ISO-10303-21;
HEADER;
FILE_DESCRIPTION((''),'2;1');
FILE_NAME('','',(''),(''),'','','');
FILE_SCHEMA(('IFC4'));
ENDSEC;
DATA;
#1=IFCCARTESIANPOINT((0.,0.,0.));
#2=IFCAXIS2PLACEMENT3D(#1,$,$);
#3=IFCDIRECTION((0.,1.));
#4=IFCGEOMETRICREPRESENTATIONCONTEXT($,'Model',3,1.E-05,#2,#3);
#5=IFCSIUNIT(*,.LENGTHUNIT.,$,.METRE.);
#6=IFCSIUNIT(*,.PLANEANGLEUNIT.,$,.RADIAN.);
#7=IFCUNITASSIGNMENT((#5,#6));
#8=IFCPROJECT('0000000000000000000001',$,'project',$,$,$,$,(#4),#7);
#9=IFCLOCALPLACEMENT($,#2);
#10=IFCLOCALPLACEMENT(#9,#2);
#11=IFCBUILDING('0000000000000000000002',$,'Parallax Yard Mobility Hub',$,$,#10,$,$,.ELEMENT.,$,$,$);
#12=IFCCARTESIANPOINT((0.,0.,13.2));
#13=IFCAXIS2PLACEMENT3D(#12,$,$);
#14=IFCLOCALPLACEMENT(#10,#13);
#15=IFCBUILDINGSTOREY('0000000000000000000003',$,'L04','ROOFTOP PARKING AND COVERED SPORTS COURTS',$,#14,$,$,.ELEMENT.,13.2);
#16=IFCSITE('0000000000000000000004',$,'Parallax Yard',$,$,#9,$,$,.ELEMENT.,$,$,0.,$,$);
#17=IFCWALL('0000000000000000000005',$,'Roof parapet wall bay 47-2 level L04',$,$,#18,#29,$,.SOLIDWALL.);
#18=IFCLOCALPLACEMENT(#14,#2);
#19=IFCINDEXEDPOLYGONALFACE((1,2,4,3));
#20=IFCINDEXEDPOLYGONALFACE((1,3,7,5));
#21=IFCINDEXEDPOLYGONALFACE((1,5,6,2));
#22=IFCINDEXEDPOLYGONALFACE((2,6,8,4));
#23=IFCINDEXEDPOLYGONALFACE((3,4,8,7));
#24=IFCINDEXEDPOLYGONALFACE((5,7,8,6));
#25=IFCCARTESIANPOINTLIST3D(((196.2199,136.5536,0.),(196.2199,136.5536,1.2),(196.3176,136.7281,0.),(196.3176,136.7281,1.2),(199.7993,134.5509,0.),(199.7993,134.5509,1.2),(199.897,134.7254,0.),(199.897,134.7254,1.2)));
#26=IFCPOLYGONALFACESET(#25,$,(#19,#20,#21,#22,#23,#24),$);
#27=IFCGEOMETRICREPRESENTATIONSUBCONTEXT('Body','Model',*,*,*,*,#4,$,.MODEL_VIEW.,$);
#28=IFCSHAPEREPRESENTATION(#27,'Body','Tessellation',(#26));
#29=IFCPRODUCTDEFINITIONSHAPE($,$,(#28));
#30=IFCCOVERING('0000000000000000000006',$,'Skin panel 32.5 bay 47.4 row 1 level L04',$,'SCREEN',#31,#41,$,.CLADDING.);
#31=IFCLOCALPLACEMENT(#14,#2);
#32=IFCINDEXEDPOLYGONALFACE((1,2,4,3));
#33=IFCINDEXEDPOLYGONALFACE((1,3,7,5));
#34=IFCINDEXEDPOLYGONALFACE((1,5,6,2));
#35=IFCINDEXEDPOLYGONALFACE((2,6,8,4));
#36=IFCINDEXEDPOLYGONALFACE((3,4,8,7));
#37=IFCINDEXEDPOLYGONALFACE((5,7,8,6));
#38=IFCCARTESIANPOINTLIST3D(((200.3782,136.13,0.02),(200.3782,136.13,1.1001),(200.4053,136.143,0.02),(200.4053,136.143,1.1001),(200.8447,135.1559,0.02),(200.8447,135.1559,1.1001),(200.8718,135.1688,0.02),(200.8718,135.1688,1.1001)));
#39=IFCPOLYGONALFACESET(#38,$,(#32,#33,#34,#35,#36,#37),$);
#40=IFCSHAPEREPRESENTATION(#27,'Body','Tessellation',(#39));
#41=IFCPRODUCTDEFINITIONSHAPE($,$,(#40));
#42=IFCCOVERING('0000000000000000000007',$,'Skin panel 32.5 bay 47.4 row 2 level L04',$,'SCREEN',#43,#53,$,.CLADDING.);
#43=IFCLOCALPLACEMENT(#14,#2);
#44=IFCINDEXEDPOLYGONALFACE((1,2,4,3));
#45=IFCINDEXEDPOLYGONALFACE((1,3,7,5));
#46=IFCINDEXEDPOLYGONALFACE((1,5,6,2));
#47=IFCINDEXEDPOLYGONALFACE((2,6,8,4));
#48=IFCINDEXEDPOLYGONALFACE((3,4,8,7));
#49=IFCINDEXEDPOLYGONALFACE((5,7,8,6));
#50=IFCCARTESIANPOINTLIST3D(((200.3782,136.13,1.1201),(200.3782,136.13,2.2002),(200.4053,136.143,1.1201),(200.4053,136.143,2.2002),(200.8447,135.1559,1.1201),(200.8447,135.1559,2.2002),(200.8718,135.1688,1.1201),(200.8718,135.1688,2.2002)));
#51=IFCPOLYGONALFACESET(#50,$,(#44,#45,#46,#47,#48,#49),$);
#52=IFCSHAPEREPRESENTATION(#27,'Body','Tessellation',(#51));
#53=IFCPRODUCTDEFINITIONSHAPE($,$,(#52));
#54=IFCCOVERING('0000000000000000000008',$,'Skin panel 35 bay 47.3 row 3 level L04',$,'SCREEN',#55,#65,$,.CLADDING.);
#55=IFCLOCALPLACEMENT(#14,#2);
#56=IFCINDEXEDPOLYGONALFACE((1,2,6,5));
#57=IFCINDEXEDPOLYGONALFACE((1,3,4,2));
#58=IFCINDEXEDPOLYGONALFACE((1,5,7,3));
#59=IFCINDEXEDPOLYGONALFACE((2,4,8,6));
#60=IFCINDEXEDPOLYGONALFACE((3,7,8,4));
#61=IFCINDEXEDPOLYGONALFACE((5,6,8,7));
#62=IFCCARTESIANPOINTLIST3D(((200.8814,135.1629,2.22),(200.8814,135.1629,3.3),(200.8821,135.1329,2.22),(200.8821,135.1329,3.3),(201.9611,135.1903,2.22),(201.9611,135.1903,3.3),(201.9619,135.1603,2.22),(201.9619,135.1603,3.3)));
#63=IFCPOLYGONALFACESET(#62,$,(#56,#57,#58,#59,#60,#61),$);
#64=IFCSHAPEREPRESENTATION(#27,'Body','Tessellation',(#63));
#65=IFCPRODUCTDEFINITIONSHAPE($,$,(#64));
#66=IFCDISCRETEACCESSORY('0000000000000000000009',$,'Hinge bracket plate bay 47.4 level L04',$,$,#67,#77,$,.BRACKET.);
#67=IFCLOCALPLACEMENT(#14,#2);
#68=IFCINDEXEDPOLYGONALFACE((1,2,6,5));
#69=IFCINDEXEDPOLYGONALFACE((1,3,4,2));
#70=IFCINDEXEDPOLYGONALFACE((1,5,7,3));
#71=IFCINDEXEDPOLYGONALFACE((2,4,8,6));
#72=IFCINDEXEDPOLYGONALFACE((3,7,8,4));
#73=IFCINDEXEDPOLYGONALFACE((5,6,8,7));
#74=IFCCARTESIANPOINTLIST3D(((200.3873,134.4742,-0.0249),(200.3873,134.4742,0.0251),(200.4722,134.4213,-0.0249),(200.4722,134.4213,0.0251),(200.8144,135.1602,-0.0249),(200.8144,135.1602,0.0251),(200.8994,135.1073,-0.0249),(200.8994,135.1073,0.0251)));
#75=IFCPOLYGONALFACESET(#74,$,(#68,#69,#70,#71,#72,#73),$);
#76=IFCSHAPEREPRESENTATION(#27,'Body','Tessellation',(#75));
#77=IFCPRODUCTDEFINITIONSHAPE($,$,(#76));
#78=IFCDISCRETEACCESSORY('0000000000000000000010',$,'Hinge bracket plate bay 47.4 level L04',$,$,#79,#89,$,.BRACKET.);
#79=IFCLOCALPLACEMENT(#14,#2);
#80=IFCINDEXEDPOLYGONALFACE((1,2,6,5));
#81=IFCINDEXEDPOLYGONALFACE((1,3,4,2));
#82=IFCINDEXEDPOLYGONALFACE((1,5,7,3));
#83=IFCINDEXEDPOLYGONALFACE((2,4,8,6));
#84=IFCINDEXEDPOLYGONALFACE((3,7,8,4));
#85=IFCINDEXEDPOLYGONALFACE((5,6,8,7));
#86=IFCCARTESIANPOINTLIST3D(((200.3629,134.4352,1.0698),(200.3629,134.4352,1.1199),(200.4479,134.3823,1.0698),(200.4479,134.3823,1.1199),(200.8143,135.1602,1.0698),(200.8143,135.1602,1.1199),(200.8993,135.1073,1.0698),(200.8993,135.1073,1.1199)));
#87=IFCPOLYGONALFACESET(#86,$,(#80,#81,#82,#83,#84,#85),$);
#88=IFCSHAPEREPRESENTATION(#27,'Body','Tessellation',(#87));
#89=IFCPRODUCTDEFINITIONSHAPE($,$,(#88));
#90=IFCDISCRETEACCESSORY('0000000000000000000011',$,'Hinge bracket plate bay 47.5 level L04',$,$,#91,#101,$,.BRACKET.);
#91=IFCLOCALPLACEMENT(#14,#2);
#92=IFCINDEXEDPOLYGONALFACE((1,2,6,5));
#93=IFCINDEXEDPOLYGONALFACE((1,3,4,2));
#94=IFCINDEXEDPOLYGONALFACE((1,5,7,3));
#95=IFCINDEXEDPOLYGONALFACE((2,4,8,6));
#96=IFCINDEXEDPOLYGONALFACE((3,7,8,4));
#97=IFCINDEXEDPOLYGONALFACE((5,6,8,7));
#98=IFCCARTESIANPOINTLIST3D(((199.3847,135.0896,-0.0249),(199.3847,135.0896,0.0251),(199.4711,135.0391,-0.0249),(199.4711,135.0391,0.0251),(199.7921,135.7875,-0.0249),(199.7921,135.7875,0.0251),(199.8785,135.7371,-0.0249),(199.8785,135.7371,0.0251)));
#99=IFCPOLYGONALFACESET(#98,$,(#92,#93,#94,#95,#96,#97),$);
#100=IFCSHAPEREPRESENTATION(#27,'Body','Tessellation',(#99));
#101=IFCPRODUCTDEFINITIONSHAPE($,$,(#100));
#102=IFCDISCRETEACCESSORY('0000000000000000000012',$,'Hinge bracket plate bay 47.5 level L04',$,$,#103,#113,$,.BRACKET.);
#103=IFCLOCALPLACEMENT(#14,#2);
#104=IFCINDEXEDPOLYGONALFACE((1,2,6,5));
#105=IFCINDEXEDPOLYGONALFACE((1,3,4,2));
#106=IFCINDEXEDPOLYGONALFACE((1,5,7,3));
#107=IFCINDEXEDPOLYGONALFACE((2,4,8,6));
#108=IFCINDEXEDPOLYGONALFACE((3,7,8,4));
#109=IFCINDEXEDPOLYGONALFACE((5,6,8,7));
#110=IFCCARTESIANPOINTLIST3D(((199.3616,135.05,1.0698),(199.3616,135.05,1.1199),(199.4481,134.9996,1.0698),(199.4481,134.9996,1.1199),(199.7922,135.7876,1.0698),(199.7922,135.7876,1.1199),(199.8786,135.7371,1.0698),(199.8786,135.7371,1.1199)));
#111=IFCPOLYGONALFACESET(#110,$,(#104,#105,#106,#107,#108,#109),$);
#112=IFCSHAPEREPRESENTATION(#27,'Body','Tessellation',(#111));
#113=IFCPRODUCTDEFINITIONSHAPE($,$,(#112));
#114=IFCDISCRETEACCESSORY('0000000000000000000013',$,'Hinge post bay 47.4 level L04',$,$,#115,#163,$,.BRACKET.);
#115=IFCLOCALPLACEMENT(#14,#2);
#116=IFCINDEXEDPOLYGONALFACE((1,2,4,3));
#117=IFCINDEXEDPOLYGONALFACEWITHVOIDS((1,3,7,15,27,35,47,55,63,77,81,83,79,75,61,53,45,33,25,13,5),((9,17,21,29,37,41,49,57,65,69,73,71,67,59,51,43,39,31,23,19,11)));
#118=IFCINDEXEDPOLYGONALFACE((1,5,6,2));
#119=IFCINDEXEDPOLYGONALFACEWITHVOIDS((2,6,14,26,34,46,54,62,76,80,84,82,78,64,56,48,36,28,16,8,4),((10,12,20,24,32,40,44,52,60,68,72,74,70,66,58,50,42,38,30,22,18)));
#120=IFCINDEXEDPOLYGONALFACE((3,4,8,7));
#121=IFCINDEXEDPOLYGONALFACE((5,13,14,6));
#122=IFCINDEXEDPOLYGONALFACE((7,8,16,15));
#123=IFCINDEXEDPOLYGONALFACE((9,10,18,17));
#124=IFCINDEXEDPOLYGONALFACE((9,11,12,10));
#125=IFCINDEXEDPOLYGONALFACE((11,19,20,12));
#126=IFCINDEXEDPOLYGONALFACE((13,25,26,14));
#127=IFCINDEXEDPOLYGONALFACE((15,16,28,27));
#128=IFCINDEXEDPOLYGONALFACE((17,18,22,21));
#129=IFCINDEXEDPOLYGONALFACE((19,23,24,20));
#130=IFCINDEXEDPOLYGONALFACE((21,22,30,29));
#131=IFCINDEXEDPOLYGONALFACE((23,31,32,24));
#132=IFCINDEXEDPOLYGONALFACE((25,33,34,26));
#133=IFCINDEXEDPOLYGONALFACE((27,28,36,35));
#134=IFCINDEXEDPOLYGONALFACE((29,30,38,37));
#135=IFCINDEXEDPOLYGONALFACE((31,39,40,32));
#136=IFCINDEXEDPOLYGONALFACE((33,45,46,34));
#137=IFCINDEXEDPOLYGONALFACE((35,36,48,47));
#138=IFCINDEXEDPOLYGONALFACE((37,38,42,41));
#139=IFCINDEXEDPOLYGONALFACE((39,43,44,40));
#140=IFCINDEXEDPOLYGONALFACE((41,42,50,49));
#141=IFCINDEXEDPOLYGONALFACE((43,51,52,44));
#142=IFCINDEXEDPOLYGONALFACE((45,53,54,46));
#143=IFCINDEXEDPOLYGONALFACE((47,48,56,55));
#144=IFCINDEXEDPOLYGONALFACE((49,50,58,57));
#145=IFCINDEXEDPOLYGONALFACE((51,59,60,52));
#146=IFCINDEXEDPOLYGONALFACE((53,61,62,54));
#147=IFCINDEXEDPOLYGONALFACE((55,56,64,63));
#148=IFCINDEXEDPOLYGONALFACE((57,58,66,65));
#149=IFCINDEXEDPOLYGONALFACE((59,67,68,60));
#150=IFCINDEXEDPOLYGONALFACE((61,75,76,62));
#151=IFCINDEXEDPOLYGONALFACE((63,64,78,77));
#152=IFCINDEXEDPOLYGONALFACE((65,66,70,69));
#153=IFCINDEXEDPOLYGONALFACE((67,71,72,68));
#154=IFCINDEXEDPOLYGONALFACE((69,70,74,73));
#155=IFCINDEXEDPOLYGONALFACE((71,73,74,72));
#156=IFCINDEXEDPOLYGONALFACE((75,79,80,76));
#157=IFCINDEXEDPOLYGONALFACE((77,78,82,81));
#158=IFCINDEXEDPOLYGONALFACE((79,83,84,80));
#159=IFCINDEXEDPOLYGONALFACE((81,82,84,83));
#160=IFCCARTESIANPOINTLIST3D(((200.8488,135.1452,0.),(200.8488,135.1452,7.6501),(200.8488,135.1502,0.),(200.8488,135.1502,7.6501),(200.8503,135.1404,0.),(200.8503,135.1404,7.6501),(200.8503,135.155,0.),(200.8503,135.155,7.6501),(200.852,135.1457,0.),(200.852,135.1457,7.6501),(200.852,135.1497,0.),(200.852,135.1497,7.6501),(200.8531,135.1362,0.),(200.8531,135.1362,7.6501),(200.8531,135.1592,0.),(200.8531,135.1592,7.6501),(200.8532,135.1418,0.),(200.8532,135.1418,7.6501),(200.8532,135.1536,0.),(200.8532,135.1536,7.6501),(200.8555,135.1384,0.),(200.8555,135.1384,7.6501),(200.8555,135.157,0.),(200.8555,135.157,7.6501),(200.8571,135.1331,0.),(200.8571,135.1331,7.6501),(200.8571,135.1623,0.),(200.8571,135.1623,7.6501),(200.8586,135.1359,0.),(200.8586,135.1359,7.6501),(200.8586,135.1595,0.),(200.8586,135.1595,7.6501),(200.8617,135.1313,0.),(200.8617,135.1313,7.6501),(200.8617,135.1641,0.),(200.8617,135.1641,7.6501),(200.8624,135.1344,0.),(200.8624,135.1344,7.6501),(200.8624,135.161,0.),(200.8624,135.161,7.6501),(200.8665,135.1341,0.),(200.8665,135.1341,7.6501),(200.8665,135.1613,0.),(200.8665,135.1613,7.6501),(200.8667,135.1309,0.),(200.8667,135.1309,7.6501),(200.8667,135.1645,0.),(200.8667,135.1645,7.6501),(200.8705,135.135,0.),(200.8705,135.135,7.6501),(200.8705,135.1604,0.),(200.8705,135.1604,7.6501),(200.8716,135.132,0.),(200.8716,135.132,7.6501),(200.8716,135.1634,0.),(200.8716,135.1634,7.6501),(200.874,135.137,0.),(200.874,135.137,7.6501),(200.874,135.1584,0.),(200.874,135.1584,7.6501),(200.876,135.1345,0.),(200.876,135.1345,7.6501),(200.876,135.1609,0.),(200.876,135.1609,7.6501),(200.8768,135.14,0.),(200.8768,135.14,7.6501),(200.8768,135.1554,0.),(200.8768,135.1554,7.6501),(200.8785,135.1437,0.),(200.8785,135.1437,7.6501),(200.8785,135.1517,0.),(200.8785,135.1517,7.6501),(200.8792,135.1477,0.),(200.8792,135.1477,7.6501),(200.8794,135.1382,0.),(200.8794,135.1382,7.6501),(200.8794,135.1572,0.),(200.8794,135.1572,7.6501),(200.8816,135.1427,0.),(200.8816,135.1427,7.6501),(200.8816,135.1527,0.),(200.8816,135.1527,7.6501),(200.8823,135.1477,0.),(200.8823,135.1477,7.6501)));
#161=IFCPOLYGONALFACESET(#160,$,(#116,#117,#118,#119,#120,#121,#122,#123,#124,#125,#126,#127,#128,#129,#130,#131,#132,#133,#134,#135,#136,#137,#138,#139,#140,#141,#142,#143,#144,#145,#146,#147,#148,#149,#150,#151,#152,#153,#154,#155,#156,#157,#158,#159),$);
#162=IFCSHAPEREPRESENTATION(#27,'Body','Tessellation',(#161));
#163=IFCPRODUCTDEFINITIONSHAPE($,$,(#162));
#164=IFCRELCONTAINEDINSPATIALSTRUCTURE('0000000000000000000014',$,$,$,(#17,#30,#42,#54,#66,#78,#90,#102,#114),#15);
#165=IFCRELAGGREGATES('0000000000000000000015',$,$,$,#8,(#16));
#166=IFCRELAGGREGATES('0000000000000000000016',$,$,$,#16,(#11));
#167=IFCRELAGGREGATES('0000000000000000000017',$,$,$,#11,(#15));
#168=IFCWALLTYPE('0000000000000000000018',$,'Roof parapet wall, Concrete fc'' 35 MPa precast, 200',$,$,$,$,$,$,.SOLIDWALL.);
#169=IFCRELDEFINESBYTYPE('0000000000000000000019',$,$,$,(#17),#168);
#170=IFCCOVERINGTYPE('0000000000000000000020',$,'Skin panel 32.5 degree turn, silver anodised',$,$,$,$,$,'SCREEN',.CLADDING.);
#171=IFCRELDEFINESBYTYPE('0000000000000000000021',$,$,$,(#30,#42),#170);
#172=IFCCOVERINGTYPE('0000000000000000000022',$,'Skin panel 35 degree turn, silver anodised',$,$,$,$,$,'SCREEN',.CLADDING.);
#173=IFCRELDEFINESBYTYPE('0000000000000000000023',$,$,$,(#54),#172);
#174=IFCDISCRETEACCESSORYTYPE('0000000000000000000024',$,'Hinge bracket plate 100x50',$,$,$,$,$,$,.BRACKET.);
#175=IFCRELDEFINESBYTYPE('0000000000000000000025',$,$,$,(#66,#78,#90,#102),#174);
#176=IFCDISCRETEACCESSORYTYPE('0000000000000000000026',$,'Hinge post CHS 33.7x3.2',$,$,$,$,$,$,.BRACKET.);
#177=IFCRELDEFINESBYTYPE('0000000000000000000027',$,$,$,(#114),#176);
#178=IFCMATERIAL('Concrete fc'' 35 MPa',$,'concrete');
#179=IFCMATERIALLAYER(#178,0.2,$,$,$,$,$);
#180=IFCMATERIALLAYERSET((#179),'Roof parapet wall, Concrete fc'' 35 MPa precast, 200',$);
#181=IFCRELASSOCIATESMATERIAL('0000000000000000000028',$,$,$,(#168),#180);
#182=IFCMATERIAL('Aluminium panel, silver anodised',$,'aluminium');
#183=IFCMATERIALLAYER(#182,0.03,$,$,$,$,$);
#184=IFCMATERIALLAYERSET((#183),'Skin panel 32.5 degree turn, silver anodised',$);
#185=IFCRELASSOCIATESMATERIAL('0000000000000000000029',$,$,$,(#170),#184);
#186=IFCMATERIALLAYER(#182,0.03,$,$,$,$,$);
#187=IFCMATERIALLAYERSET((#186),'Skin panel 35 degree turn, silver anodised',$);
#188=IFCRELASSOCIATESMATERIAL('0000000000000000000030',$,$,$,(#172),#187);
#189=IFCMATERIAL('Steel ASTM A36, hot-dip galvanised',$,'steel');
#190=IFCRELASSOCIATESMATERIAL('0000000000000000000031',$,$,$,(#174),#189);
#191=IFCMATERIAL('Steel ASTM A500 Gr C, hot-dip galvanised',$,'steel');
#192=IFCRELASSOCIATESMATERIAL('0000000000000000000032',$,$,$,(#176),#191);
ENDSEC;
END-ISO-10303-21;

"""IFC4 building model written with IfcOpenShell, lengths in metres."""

from ifc_helpers import new_model, si_unit, direction, frame, frame_2d, origin, origin_2d, place, context, subcontext, project, spatial, rectangle, hollow_circle, extrude, material, layer, layer_set, material_profile, profile_set, type_object, element, save


model = new_model("IFC4")

# Units and contexts
model_context = context("Model", 3, precision=1e-05, world=origin(), true_north=direction((0.0, 1.0)))
body_context = subcontext(model_context, "Body", "Model", "MODEL_VIEW")
ifc_project = project(units=[si_unit("LENGTHUNIT", "METRE"), si_unit("PLANEANGLEUNIT", "RADIAN")], contexts=[model_context])

# Site, building, storey
site_placement = place(None, origin())
site = spatial("IfcSite", under=ifc_project, at=site_placement, Name="Parallax Yard", CompositionType="ELEMENT", RefElevation=0.0)
building_placement = place(site_placement, origin())
building = spatial("IfcBuilding", under=site, at=building_placement, Name="Parallax Yard Mobility Hub", CompositionType="ELEMENT")
storey_placement = place(building_placement, frame((0.0, 0.0, 13.2)))
storey = spatial("IfcBuildingStorey", under=building, at=storey_placement, Name="L04", Description="ROOFTOP PARKING AND COVERED SPORTS COURTS", CompositionType="ELEMENT", Elevation=13.2)

# Wall
ifc_material_1 = material(Name="Concrete fc' 35 MPa", Category="concrete")
ifc_layer_1 = layer(ifc_material_1, 0.2)
ifc_layer_set_1 = layer_set([ifc_layer_1], Name="Roof parapet wall, Concrete fc' 35 MPa precast, 200")
wall_type = type_object("IfcWallType", Name="Roof parapet wall, Concrete fc' 35 MPa precast, 200", PredefinedType="SOLIDWALL", material=ifc_layer_set_1)
wall_placement = place(storey_placement, frame((199.8481, 134.6382, 0.0), z_axis=(0.0, 0.0, 1.0), x_axis=(-0.872688, 0.488279, 0.0)))
element("IfcWall", 1, at=wall_placement, inside=storey, type_object=wall_type, Name="Roof parapet wall bay 47-2 level L04", PredefinedType="SOLIDWALL", context=body_context, shape_type="SweptSolid", body=[
    extrude(rectangle(XDim=4.1016, YDim=0.2, at=frame_2d((2.0508, 0.0))), origin(), (0.0, 0.0, 1.0), 1.2),
])

# Coverings
ifc_material_2 = material(Name="Aluminium panel, silver anodised", Category="aluminium")
ifc_layer_2 = layer(ifc_material_2, 0.03)
ifc_layer_set_2 = layer_set([ifc_layer_2], Name="Skin panel 32.5 degree turn, silver anodised")
covering_type_1 = type_object("IfcCoveringType", Name="Skin panel 32.5 degree turn, silver anodised", ElementType="SCREEN", PredefinedType="CLADDING", material=ifc_layer_set_2)
for number, where, z_axis, x_axis, name in (
    (2, (200.625, 135.6494, 0.02), (0.0, 0.0, 1.0), (-0.431943, 0.901901, 0.0), "Skin panel 32.5 bay 47.4 row 1 level L04"),
    (3, (200.625, 135.6494, 1.1201), (0.0, 0.0, 1.0), (-0.431943, 0.901901, 0.0), "Skin panel 32.5 bay 47.4 row 2 level L04"),
):
    element("IfcCovering", number, at=place(storey_placement, frame(where, z_axis=z_axis, x_axis=x_axis)), inside=storey, type_object=covering_type_1, Name=name, ObjectType="SCREEN", PredefinedType="CLADDING", context=body_context, shape_type="SweptSolid", body=[
        extrude(rectangle(XDim=1.0801, YDim=0.03, at=origin_2d()), origin(), (0.0, 0.0, 1.0), 1.0801),
    ])
ifc_layer_3 = layer(ifc_material_2, 0.03)
ifc_layer_set_3 = layer_set([ifc_layer_3], Name="Skin panel 35 degree turn, silver anodised")
covering_type_2 = type_object("IfcCoveringType", Name="Skin panel 35 degree turn, silver anodised", ElementType="SCREEN", PredefinedType="CLADDING", material=ifc_layer_set_3)
covering_placement = place(storey_placement, frame((201.4216, 135.1616, 2.22), z_axis=(0.0, 0.0, 1.0), x_axis=(0.999678, 0.025383, 0.0)))
element("IfcCovering", 4, at=covering_placement, inside=storey, type_object=covering_type_2, Name="Skin panel 35 bay 47.3 row 3 level L04", ObjectType="SCREEN", PredefinedType="CLADDING", context=body_context, shape_type="SweptSolid", body=[
    extrude(rectangle(XDim=1.0801, YDim=0.03, at=origin_2d()), origin(), (0.0, 0.0, 1.0), 1.0801),
])

# Discrete accessories
ifc_material_3 = material(Name="Steel ASTM A36, hot-dip galvanised", Category="steel")
discrete_accessory_type_1 = type_object("IfcDiscreteAccessoryType", Name="Hinge bracket plate 100x50", PredefinedType="BRACKET", material=ifc_material_3)
discrete_accessory_1_placement = place(storey_placement, frame((200.6433, 134.7908, -0.0249), z_axis=(0.0, 0.0, 1.0), x_axis=(0.528573, 0.848888, 0.0)))
element("IfcDiscreteAccessory", 5, at=discrete_accessory_1_placement, inside=storey, type_object=discrete_accessory_type_1, Name="Hinge bracket plate bay 47.4 level L04", PredefinedType="BRACKET", context=body_context, shape_type="SweptSolid", body=[
    extrude(rectangle(XDim=0.8081, YDim=0.1001, at=origin_2d()), origin(), (0.0, 0.0, 1.0), 0.05),
])
discrete_accessory_2_placement = place(storey_placement, frame((200.6311, 134.7712, 1.0698), z_axis=(0.0, 0.0, 1.0), x_axis=(0.528573, 0.848888, 0.0)))
element("IfcDiscreteAccessory", 6, at=discrete_accessory_2_placement, inside=storey, type_object=discrete_accessory_type_1, Name="Hinge bracket plate bay 47.4 level L04", PredefinedType="BRACKET", context=body_context, shape_type="SweptSolid", body=[
    extrude(rectangle(XDim=0.854, YDim=0.1001, at=origin_2d()), origin(), (0.0, 0.0, 1.0), 0.05),
])
discrete_accessory_3_placement = place(storey_placement, frame((199.6316, 135.4133, -0.0249), z_axis=(0.0, 0.0, 1.0), x_axis=(0.504116, 0.863636, 0.0)))
element("IfcDiscreteAccessory", 7, at=discrete_accessory_3_placement, inside=storey, type_object=discrete_accessory_type_1, Name="Hinge bracket plate bay 47.5 level L04", PredefinedType="BRACKET", context=body_context, shape_type="SweptSolid", body=[
    extrude(rectangle(XDim=0.8081, YDim=0.1001, at=origin_2d()), origin(), (0.0, 0.0, 1.0), 0.05),
])
discrete_accessory_4_placement = place(storey_placement, frame((199.6201, 135.3936, 1.0698), z_axis=(0.0, 0.0, 1.0), x_axis=(0.504116, 0.863636, 0.0)))
element("IfcDiscreteAccessory", 8, at=discrete_accessory_4_placement, inside=storey, type_object=discrete_accessory_type_1, Name="Hinge bracket plate bay 47.5 level L04", PredefinedType="BRACKET", context=body_context, shape_type="SweptSolid", body=[
    extrude(rectangle(XDim=0.854, YDim=0.1001, at=origin_2d()), origin(), (0.0, 0.0, 1.0), 0.05),
])
ifc_material_4 = material(Name="Steel ASTM A500 Gr C, hot-dip galvanised", Category="steel")
ifc_material_profile_1 = material_profile(ifc_material_4, hollow_circle(Radius=0.0168, WallThickness=0.0032, at=origin_2d()), Name="CHS 33.7x3.2")
ifc_profile_set_1 = profile_set([ifc_material_profile_1], Name="Steel ASTM A500 Gr C, hot-dip galvanised")
discrete_accessory_type_2 = type_object("IfcDiscreteAccessoryType", Name="Hinge post CHS 33.7x3.2", PredefinedType="BRACKET", material=ifc_profile_set_1)
discrete_accessory_5_placement = place(storey_placement, frame((200.8655, 135.1477, 0.0), z_axis=(0.0, 0.0, 1.0), x_axis=(1.0, 0.0, 0.0)))
element("IfcDiscreteAccessory", 9, at=discrete_accessory_5_placement, inside=storey, type_object=discrete_accessory_type_2, Name="Hinge post bay 47.4 level L04", PredefinedType="BRACKET", context=body_context, shape_type="SweptSolid", body=[
    extrude(hollow_circle(Radius=0.0168, WallThickness=0.0032, at=origin_2d()), origin(), (0.0, 0.0, 1.0), 7.6501),
])

save(model, "model.ifc")
